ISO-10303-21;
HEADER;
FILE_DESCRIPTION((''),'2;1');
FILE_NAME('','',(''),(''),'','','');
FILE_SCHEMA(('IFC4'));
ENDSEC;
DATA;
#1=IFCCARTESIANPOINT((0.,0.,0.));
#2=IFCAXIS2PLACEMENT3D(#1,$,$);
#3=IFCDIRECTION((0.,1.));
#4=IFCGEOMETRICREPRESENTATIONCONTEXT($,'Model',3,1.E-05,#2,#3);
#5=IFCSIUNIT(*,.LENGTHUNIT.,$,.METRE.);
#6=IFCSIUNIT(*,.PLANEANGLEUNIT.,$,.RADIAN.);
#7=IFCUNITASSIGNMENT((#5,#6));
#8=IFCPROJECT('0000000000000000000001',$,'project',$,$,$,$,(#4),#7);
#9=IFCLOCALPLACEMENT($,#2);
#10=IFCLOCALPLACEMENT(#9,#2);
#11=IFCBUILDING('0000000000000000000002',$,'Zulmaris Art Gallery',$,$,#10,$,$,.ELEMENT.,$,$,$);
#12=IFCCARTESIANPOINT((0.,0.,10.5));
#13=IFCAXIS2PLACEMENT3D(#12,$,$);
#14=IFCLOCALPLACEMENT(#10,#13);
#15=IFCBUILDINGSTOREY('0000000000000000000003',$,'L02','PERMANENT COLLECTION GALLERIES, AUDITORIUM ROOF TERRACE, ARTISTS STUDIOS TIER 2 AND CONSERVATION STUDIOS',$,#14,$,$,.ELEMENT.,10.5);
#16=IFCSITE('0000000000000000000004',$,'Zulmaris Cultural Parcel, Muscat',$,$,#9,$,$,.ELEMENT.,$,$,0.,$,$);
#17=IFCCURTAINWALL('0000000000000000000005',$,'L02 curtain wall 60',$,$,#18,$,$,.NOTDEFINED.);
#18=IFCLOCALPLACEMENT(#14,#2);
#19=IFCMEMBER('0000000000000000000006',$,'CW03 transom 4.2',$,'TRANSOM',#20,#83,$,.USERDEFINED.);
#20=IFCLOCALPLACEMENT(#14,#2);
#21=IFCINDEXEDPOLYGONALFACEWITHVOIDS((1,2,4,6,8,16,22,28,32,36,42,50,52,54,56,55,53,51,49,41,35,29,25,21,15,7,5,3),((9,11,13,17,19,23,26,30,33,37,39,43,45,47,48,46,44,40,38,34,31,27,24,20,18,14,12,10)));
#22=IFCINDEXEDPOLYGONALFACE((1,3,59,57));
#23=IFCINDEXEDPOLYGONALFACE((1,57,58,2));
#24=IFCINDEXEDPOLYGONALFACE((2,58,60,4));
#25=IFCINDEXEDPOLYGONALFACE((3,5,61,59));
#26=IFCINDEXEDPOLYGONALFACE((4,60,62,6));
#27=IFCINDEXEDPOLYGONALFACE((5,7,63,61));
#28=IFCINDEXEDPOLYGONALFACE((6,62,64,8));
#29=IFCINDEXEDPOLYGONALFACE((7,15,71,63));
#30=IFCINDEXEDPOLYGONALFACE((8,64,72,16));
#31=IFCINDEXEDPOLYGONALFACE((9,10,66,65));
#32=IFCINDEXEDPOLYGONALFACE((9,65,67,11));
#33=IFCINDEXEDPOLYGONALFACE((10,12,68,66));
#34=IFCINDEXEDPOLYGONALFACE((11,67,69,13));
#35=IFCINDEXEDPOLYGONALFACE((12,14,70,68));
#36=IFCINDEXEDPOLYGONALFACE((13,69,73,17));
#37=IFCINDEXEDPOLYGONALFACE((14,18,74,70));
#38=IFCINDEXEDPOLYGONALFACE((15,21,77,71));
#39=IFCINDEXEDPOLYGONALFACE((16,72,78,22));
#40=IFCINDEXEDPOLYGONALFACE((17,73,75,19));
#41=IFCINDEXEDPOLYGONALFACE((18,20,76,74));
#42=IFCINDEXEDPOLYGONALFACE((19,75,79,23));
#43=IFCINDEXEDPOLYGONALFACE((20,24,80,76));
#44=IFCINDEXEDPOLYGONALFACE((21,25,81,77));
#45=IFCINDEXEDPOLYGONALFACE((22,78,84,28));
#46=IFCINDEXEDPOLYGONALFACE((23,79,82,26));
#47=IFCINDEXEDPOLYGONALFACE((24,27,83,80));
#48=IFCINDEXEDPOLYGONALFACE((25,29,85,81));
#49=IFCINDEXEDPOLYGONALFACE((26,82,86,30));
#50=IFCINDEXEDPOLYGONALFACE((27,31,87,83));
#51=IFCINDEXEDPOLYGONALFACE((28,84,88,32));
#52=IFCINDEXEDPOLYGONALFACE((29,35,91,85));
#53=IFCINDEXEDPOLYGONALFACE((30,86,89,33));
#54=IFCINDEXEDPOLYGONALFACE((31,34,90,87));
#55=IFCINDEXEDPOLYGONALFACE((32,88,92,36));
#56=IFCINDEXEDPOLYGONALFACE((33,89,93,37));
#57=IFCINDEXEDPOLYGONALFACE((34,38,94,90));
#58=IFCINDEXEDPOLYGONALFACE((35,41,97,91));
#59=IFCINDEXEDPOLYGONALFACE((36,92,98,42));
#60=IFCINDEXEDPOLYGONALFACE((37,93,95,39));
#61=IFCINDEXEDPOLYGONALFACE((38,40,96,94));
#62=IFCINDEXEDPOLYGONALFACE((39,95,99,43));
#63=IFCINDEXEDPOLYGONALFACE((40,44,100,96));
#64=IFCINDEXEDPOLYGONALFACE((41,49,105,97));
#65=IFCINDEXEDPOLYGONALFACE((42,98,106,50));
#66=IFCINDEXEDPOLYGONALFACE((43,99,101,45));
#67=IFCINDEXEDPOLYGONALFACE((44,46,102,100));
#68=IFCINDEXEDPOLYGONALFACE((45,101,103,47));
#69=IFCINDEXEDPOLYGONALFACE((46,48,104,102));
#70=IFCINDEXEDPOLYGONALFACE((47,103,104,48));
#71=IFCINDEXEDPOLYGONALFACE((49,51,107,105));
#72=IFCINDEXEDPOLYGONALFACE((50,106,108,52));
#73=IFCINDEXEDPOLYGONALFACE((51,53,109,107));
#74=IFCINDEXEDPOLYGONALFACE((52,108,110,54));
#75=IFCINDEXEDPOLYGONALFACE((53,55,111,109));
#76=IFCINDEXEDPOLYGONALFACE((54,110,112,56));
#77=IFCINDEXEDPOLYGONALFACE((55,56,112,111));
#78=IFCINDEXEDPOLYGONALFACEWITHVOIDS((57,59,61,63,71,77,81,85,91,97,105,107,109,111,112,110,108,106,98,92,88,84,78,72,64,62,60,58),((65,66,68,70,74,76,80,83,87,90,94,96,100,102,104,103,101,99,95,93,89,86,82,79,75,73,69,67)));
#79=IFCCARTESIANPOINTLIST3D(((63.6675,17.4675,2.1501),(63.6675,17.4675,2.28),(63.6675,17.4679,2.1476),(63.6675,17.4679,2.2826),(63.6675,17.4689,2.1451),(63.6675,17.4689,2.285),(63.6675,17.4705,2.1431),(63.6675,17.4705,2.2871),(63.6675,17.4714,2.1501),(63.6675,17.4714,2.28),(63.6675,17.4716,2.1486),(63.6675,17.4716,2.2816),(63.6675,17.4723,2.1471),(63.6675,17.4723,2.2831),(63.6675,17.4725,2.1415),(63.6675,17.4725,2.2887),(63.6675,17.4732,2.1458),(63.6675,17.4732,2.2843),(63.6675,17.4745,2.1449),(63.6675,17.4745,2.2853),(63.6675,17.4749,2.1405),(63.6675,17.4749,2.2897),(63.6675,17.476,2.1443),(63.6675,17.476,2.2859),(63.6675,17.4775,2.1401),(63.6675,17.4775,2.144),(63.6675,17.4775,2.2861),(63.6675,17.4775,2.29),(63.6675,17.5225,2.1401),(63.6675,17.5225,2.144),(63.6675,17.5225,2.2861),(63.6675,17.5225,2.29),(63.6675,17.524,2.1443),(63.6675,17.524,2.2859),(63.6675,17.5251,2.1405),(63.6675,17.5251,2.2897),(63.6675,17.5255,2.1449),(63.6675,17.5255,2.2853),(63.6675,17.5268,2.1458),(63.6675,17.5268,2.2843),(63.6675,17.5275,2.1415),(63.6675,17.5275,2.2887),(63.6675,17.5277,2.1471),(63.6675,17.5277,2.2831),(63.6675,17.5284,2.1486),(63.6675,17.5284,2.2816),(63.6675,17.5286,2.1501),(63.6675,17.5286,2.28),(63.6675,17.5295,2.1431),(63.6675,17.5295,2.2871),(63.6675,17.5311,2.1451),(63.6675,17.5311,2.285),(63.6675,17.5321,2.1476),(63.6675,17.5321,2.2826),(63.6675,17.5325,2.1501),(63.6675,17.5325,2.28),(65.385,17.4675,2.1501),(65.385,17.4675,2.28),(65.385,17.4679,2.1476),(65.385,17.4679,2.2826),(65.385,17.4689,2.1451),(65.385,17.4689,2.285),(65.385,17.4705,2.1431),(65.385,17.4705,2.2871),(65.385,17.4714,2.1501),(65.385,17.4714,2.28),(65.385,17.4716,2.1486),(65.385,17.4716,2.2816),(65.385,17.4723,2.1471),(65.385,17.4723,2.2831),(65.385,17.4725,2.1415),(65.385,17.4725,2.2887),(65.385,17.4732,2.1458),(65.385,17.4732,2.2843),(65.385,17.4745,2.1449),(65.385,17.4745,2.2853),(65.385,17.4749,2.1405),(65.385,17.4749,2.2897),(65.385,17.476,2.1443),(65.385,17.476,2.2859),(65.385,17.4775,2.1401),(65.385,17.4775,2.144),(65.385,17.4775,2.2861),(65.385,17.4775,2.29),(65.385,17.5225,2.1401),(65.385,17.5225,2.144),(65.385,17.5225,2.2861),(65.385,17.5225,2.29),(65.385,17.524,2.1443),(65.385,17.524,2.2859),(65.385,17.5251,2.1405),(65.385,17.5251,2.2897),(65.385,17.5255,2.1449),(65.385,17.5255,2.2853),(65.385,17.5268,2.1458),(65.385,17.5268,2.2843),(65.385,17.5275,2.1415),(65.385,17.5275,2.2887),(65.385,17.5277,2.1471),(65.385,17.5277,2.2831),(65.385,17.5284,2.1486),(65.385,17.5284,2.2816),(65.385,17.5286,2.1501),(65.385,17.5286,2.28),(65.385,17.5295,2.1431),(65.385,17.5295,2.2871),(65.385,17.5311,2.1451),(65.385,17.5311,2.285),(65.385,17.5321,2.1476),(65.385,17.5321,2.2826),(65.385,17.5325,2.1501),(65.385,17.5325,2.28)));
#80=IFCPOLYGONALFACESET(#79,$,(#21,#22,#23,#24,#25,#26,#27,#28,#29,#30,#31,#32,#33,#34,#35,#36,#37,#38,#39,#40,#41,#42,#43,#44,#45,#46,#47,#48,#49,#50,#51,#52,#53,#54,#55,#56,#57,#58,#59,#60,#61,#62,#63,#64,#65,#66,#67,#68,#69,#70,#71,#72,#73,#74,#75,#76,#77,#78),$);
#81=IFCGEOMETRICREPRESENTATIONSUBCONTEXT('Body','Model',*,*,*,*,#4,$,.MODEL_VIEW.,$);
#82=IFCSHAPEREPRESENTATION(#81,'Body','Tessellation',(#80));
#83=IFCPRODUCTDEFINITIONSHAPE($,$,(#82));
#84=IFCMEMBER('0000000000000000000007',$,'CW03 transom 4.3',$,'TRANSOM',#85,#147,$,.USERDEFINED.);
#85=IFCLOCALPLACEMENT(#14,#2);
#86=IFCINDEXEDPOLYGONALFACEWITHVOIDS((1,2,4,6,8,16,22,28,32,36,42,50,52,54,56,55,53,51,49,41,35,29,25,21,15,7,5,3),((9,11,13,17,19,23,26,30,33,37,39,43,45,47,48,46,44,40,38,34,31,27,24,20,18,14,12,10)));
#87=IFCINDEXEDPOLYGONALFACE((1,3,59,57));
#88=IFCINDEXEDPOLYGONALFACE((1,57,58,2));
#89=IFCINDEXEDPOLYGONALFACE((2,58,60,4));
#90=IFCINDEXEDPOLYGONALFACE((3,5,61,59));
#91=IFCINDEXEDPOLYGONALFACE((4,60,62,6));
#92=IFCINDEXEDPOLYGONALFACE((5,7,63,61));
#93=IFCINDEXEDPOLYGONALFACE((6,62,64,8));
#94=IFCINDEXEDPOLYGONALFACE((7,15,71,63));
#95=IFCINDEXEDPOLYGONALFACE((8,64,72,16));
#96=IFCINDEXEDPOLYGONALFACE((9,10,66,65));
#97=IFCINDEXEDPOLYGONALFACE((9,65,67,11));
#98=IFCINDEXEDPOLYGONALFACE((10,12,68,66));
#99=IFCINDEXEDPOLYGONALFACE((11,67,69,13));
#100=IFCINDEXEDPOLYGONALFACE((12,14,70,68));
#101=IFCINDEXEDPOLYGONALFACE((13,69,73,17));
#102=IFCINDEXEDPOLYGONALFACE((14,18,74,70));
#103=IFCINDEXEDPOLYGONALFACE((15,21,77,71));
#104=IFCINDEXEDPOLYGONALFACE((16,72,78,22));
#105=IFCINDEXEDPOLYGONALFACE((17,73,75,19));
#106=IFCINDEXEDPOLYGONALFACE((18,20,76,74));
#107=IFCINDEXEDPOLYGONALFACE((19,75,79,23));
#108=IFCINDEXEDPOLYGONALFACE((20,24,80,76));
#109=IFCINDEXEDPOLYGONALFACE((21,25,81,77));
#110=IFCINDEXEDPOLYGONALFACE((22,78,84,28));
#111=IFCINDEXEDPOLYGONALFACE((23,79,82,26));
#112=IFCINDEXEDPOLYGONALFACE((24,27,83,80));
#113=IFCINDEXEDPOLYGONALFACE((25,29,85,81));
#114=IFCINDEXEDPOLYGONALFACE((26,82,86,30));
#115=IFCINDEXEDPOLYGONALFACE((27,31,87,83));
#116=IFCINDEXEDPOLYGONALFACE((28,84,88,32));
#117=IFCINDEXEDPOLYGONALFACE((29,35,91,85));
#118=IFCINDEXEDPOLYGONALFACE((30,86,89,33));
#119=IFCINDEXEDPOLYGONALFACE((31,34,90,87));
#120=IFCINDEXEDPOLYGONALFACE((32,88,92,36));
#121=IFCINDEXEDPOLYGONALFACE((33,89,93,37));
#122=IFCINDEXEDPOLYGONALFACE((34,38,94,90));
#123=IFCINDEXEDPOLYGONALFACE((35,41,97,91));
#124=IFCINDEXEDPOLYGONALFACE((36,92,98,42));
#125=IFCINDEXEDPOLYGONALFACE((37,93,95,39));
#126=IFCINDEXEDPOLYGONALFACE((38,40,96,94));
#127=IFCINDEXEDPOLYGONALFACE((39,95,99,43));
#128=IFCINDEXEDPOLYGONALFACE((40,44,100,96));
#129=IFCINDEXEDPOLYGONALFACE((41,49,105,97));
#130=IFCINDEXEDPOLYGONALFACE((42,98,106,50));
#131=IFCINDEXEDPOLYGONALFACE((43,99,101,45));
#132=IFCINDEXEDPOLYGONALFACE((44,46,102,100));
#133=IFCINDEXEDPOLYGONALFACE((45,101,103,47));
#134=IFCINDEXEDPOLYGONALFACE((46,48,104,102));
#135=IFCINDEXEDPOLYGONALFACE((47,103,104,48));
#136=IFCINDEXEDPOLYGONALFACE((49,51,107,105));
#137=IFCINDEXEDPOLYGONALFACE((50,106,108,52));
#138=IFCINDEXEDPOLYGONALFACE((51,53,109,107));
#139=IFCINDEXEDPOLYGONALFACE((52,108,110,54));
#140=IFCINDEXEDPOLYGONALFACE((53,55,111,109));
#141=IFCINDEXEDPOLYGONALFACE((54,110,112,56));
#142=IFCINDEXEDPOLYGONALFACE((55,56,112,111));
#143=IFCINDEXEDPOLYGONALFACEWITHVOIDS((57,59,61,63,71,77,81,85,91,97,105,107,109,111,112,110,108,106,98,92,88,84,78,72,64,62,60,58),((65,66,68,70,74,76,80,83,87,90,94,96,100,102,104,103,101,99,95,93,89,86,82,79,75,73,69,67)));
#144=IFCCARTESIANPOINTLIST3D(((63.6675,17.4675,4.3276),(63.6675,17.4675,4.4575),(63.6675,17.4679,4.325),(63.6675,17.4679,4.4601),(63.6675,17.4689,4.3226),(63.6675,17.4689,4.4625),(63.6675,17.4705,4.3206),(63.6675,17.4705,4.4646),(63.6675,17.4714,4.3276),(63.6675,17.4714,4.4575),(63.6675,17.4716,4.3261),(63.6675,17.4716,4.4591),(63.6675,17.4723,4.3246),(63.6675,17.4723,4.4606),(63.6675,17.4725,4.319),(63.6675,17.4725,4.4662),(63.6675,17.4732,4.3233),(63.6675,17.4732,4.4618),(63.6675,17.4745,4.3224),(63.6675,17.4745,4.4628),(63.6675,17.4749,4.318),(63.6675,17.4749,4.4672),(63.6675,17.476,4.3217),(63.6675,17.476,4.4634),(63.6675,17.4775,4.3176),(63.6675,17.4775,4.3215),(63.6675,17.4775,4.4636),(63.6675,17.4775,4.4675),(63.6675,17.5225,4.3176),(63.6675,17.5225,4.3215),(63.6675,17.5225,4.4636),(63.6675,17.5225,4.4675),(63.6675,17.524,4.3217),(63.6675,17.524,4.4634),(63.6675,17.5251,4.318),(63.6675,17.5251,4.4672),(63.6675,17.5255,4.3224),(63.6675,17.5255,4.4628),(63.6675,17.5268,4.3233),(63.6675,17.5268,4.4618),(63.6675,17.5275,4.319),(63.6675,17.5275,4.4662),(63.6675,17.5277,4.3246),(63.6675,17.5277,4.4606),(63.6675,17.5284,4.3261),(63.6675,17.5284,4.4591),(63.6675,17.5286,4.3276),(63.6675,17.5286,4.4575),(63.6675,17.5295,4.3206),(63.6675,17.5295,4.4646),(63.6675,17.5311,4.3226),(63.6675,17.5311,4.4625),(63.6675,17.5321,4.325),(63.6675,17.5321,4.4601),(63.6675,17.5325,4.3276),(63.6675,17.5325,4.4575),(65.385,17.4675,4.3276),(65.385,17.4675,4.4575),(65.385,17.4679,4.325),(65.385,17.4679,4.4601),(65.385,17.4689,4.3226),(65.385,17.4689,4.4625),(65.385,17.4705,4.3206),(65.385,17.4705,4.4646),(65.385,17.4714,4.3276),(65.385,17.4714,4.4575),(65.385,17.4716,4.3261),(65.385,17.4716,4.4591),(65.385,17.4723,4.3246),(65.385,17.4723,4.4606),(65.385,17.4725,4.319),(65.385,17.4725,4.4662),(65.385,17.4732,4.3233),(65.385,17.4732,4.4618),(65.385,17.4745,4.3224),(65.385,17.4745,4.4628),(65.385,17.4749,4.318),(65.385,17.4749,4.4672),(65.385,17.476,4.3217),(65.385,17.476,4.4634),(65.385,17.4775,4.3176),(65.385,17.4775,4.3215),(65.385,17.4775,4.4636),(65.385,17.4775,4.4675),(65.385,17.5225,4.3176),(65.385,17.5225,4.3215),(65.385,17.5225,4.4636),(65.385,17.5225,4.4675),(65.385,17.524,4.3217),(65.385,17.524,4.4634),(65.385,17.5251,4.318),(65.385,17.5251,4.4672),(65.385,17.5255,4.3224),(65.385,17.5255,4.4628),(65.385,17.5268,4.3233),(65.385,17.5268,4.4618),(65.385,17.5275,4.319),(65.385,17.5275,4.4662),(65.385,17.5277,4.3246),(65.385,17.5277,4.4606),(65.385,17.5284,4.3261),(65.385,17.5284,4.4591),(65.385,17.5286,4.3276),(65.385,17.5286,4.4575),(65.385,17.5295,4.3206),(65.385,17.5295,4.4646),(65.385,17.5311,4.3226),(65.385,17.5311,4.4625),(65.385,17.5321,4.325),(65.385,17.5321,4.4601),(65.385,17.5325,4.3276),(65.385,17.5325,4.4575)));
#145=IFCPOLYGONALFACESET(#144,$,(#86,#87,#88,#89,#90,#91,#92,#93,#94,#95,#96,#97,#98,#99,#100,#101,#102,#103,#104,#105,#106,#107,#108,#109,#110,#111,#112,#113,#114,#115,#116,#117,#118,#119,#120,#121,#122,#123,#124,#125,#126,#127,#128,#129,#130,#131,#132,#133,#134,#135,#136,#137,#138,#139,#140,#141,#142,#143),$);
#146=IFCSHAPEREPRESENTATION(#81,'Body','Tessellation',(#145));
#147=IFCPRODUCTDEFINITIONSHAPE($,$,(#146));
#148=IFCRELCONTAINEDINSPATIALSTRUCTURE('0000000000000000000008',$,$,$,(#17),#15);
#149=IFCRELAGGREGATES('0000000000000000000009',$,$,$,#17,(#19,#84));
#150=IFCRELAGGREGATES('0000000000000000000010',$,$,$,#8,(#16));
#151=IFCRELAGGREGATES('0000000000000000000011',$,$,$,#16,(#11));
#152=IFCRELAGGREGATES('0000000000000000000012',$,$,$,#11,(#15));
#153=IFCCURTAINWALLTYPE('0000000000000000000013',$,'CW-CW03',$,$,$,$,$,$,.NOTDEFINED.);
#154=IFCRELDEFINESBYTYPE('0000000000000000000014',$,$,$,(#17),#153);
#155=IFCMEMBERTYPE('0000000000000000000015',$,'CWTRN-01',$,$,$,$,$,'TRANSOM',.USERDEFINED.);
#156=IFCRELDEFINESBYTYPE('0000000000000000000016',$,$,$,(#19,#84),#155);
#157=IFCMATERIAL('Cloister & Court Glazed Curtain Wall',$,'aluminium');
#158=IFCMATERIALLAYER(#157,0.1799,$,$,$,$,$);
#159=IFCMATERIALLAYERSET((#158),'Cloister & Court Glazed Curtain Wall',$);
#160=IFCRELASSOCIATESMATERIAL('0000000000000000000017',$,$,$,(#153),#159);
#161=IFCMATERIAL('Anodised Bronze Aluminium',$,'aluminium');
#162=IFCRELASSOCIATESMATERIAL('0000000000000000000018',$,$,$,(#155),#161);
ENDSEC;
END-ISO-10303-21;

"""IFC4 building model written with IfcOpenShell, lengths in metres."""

from ifc_helpers import new_model, si_unit, direction, frame, origin, origin_2d, place, context, subcontext, project, spatial, hollow_rectangle, extrude, material, layer, layer_set, material_profile, profile_set, type_object, element, aggregate, save


model = new_model("IFC4")

# Units and contexts
model_context = context("Model", 3, precision=1e-05, world=origin(), true_north=direction((0.0, 1.0)))
body_context = subcontext(model_context, "Body", "Model", "MODEL_VIEW")
ifc_project = project(units=[si_unit("LENGTHUNIT", "METRE"), si_unit("PLANEANGLEUNIT", "RADIAN")], contexts=[model_context])

# Site, building, storey
site_placement = place(None, origin())
site = spatial("IfcSite", under=ifc_project, at=site_placement, Name="Zulmaris Cultural Parcel, Muscat", CompositionType="ELEMENT", RefElevation=0.0)
building_placement = place(site_placement, origin())
building = spatial("IfcBuilding", under=site, at=building_placement, Name="Zulmaris Art Gallery", CompositionType="ELEMENT")
storey_placement = place(building_placement, frame((0.0, 0.0, 10.5)))
storey = spatial("IfcBuildingStorey", under=building, at=storey_placement, Name="L02", Description="PERMANENT COLLECTION GALLERIES, AUDITORIUM ROOF TERRACE, ARTISTS STUDIOS TIER 2 AND CONSERVATION STUDIOS", CompositionType="ELEMENT", Elevation=10.5)

# Curtain wall
ifc_material_1 = material(Name="Cloister & Court Glazed Curtain Wall", Category="aluminium")
ifc_layer_1 = layer(ifc_material_1, 0.1799)
ifc_layer_set_1 = layer_set([ifc_layer_1], Name="Cloister & Court Glazed Curtain Wall")
curtain_wall_type = type_object("IfcCurtainWallType", Name="CW-CW03", PredefinedType="NOTDEFINED", material=ifc_layer_set_1)
curtain_wall_1_placement = place(storey_placement, origin())
curtain_wall_1 = element("IfcCurtainWall", 1, at=curtain_wall_1_placement, inside=storey, type_object=curtain_wall_type, Name="L02 curtain wall 60", PredefinedType="NOTDEFINED")
ifc_material_2 = material(Name="Anodised Bronze Aluminium", Category="aluminium")

# Members
ifc_material_profile_1 = material_profile(ifc_material_2, hollow_rectangle(XDim=0.0649, YDim=0.1499, WallThickness=0.0039, InnerFilletRadius=0.0061, OuterFilletRadius=0.01, at=origin_2d()), Name="ALU 65x150x4")
ifc_profile_set_1 = profile_set([ifc_material_profile_1], Name="Anodised Bronze Aluminium")
member_type_1 = type_object("IfcMemberType", Name="CWTRN-01", ElementType="TRANSOM", PredefinedType="USERDEFINED", material=ifc_profile_set_1)
member_1_placement = place(storey_placement, frame((63.6675, 17.5, 2.2151), z_axis=(1.0, 0.0, 0.0), x_axis=(0.0, 1.0, 0.0)))
member_1 = element("IfcMember", 2, at=member_1_placement, type_object=member_type_1, Name="CW03 transom 4.2", ObjectType="TRANSOM", PredefinedType="USERDEFINED", context=body_context, shape_type="SweptSolid", body=[
    extrude(hollow_rectangle(XDim=0.0649, YDim=0.1499, WallThickness=0.0039, InnerFilletRadius=0.0061, OuterFilletRadius=0.01, at=origin_2d()), origin(), (0.0, 0.0, 1.0), 1.7175),
])
member_2_placement = place(storey_placement, frame((63.6675, 17.5, 4.3926), z_axis=(1.0, 0.0, 0.0), x_axis=(0.0, 1.0, 0.0)))
member_2 = element("IfcMember", 3, at=member_2_placement, type_object=member_type_1, Name="CW03 transom 4.3", ObjectType="TRANSOM", PredefinedType="USERDEFINED", context=body_context, shape_type="SweptSolid", body=[
    extrude(hollow_rectangle(XDim=0.0649, YDim=0.1499, WallThickness=0.0039, InnerFilletRadius=0.0061, OuterFilletRadius=0.01, at=origin_2d()), origin(), (0.0, 0.0, 1.0), 1.7175),
])

aggregate(curtain_wall_1, [member_1, member_2])

save(model, "model.ifc")
